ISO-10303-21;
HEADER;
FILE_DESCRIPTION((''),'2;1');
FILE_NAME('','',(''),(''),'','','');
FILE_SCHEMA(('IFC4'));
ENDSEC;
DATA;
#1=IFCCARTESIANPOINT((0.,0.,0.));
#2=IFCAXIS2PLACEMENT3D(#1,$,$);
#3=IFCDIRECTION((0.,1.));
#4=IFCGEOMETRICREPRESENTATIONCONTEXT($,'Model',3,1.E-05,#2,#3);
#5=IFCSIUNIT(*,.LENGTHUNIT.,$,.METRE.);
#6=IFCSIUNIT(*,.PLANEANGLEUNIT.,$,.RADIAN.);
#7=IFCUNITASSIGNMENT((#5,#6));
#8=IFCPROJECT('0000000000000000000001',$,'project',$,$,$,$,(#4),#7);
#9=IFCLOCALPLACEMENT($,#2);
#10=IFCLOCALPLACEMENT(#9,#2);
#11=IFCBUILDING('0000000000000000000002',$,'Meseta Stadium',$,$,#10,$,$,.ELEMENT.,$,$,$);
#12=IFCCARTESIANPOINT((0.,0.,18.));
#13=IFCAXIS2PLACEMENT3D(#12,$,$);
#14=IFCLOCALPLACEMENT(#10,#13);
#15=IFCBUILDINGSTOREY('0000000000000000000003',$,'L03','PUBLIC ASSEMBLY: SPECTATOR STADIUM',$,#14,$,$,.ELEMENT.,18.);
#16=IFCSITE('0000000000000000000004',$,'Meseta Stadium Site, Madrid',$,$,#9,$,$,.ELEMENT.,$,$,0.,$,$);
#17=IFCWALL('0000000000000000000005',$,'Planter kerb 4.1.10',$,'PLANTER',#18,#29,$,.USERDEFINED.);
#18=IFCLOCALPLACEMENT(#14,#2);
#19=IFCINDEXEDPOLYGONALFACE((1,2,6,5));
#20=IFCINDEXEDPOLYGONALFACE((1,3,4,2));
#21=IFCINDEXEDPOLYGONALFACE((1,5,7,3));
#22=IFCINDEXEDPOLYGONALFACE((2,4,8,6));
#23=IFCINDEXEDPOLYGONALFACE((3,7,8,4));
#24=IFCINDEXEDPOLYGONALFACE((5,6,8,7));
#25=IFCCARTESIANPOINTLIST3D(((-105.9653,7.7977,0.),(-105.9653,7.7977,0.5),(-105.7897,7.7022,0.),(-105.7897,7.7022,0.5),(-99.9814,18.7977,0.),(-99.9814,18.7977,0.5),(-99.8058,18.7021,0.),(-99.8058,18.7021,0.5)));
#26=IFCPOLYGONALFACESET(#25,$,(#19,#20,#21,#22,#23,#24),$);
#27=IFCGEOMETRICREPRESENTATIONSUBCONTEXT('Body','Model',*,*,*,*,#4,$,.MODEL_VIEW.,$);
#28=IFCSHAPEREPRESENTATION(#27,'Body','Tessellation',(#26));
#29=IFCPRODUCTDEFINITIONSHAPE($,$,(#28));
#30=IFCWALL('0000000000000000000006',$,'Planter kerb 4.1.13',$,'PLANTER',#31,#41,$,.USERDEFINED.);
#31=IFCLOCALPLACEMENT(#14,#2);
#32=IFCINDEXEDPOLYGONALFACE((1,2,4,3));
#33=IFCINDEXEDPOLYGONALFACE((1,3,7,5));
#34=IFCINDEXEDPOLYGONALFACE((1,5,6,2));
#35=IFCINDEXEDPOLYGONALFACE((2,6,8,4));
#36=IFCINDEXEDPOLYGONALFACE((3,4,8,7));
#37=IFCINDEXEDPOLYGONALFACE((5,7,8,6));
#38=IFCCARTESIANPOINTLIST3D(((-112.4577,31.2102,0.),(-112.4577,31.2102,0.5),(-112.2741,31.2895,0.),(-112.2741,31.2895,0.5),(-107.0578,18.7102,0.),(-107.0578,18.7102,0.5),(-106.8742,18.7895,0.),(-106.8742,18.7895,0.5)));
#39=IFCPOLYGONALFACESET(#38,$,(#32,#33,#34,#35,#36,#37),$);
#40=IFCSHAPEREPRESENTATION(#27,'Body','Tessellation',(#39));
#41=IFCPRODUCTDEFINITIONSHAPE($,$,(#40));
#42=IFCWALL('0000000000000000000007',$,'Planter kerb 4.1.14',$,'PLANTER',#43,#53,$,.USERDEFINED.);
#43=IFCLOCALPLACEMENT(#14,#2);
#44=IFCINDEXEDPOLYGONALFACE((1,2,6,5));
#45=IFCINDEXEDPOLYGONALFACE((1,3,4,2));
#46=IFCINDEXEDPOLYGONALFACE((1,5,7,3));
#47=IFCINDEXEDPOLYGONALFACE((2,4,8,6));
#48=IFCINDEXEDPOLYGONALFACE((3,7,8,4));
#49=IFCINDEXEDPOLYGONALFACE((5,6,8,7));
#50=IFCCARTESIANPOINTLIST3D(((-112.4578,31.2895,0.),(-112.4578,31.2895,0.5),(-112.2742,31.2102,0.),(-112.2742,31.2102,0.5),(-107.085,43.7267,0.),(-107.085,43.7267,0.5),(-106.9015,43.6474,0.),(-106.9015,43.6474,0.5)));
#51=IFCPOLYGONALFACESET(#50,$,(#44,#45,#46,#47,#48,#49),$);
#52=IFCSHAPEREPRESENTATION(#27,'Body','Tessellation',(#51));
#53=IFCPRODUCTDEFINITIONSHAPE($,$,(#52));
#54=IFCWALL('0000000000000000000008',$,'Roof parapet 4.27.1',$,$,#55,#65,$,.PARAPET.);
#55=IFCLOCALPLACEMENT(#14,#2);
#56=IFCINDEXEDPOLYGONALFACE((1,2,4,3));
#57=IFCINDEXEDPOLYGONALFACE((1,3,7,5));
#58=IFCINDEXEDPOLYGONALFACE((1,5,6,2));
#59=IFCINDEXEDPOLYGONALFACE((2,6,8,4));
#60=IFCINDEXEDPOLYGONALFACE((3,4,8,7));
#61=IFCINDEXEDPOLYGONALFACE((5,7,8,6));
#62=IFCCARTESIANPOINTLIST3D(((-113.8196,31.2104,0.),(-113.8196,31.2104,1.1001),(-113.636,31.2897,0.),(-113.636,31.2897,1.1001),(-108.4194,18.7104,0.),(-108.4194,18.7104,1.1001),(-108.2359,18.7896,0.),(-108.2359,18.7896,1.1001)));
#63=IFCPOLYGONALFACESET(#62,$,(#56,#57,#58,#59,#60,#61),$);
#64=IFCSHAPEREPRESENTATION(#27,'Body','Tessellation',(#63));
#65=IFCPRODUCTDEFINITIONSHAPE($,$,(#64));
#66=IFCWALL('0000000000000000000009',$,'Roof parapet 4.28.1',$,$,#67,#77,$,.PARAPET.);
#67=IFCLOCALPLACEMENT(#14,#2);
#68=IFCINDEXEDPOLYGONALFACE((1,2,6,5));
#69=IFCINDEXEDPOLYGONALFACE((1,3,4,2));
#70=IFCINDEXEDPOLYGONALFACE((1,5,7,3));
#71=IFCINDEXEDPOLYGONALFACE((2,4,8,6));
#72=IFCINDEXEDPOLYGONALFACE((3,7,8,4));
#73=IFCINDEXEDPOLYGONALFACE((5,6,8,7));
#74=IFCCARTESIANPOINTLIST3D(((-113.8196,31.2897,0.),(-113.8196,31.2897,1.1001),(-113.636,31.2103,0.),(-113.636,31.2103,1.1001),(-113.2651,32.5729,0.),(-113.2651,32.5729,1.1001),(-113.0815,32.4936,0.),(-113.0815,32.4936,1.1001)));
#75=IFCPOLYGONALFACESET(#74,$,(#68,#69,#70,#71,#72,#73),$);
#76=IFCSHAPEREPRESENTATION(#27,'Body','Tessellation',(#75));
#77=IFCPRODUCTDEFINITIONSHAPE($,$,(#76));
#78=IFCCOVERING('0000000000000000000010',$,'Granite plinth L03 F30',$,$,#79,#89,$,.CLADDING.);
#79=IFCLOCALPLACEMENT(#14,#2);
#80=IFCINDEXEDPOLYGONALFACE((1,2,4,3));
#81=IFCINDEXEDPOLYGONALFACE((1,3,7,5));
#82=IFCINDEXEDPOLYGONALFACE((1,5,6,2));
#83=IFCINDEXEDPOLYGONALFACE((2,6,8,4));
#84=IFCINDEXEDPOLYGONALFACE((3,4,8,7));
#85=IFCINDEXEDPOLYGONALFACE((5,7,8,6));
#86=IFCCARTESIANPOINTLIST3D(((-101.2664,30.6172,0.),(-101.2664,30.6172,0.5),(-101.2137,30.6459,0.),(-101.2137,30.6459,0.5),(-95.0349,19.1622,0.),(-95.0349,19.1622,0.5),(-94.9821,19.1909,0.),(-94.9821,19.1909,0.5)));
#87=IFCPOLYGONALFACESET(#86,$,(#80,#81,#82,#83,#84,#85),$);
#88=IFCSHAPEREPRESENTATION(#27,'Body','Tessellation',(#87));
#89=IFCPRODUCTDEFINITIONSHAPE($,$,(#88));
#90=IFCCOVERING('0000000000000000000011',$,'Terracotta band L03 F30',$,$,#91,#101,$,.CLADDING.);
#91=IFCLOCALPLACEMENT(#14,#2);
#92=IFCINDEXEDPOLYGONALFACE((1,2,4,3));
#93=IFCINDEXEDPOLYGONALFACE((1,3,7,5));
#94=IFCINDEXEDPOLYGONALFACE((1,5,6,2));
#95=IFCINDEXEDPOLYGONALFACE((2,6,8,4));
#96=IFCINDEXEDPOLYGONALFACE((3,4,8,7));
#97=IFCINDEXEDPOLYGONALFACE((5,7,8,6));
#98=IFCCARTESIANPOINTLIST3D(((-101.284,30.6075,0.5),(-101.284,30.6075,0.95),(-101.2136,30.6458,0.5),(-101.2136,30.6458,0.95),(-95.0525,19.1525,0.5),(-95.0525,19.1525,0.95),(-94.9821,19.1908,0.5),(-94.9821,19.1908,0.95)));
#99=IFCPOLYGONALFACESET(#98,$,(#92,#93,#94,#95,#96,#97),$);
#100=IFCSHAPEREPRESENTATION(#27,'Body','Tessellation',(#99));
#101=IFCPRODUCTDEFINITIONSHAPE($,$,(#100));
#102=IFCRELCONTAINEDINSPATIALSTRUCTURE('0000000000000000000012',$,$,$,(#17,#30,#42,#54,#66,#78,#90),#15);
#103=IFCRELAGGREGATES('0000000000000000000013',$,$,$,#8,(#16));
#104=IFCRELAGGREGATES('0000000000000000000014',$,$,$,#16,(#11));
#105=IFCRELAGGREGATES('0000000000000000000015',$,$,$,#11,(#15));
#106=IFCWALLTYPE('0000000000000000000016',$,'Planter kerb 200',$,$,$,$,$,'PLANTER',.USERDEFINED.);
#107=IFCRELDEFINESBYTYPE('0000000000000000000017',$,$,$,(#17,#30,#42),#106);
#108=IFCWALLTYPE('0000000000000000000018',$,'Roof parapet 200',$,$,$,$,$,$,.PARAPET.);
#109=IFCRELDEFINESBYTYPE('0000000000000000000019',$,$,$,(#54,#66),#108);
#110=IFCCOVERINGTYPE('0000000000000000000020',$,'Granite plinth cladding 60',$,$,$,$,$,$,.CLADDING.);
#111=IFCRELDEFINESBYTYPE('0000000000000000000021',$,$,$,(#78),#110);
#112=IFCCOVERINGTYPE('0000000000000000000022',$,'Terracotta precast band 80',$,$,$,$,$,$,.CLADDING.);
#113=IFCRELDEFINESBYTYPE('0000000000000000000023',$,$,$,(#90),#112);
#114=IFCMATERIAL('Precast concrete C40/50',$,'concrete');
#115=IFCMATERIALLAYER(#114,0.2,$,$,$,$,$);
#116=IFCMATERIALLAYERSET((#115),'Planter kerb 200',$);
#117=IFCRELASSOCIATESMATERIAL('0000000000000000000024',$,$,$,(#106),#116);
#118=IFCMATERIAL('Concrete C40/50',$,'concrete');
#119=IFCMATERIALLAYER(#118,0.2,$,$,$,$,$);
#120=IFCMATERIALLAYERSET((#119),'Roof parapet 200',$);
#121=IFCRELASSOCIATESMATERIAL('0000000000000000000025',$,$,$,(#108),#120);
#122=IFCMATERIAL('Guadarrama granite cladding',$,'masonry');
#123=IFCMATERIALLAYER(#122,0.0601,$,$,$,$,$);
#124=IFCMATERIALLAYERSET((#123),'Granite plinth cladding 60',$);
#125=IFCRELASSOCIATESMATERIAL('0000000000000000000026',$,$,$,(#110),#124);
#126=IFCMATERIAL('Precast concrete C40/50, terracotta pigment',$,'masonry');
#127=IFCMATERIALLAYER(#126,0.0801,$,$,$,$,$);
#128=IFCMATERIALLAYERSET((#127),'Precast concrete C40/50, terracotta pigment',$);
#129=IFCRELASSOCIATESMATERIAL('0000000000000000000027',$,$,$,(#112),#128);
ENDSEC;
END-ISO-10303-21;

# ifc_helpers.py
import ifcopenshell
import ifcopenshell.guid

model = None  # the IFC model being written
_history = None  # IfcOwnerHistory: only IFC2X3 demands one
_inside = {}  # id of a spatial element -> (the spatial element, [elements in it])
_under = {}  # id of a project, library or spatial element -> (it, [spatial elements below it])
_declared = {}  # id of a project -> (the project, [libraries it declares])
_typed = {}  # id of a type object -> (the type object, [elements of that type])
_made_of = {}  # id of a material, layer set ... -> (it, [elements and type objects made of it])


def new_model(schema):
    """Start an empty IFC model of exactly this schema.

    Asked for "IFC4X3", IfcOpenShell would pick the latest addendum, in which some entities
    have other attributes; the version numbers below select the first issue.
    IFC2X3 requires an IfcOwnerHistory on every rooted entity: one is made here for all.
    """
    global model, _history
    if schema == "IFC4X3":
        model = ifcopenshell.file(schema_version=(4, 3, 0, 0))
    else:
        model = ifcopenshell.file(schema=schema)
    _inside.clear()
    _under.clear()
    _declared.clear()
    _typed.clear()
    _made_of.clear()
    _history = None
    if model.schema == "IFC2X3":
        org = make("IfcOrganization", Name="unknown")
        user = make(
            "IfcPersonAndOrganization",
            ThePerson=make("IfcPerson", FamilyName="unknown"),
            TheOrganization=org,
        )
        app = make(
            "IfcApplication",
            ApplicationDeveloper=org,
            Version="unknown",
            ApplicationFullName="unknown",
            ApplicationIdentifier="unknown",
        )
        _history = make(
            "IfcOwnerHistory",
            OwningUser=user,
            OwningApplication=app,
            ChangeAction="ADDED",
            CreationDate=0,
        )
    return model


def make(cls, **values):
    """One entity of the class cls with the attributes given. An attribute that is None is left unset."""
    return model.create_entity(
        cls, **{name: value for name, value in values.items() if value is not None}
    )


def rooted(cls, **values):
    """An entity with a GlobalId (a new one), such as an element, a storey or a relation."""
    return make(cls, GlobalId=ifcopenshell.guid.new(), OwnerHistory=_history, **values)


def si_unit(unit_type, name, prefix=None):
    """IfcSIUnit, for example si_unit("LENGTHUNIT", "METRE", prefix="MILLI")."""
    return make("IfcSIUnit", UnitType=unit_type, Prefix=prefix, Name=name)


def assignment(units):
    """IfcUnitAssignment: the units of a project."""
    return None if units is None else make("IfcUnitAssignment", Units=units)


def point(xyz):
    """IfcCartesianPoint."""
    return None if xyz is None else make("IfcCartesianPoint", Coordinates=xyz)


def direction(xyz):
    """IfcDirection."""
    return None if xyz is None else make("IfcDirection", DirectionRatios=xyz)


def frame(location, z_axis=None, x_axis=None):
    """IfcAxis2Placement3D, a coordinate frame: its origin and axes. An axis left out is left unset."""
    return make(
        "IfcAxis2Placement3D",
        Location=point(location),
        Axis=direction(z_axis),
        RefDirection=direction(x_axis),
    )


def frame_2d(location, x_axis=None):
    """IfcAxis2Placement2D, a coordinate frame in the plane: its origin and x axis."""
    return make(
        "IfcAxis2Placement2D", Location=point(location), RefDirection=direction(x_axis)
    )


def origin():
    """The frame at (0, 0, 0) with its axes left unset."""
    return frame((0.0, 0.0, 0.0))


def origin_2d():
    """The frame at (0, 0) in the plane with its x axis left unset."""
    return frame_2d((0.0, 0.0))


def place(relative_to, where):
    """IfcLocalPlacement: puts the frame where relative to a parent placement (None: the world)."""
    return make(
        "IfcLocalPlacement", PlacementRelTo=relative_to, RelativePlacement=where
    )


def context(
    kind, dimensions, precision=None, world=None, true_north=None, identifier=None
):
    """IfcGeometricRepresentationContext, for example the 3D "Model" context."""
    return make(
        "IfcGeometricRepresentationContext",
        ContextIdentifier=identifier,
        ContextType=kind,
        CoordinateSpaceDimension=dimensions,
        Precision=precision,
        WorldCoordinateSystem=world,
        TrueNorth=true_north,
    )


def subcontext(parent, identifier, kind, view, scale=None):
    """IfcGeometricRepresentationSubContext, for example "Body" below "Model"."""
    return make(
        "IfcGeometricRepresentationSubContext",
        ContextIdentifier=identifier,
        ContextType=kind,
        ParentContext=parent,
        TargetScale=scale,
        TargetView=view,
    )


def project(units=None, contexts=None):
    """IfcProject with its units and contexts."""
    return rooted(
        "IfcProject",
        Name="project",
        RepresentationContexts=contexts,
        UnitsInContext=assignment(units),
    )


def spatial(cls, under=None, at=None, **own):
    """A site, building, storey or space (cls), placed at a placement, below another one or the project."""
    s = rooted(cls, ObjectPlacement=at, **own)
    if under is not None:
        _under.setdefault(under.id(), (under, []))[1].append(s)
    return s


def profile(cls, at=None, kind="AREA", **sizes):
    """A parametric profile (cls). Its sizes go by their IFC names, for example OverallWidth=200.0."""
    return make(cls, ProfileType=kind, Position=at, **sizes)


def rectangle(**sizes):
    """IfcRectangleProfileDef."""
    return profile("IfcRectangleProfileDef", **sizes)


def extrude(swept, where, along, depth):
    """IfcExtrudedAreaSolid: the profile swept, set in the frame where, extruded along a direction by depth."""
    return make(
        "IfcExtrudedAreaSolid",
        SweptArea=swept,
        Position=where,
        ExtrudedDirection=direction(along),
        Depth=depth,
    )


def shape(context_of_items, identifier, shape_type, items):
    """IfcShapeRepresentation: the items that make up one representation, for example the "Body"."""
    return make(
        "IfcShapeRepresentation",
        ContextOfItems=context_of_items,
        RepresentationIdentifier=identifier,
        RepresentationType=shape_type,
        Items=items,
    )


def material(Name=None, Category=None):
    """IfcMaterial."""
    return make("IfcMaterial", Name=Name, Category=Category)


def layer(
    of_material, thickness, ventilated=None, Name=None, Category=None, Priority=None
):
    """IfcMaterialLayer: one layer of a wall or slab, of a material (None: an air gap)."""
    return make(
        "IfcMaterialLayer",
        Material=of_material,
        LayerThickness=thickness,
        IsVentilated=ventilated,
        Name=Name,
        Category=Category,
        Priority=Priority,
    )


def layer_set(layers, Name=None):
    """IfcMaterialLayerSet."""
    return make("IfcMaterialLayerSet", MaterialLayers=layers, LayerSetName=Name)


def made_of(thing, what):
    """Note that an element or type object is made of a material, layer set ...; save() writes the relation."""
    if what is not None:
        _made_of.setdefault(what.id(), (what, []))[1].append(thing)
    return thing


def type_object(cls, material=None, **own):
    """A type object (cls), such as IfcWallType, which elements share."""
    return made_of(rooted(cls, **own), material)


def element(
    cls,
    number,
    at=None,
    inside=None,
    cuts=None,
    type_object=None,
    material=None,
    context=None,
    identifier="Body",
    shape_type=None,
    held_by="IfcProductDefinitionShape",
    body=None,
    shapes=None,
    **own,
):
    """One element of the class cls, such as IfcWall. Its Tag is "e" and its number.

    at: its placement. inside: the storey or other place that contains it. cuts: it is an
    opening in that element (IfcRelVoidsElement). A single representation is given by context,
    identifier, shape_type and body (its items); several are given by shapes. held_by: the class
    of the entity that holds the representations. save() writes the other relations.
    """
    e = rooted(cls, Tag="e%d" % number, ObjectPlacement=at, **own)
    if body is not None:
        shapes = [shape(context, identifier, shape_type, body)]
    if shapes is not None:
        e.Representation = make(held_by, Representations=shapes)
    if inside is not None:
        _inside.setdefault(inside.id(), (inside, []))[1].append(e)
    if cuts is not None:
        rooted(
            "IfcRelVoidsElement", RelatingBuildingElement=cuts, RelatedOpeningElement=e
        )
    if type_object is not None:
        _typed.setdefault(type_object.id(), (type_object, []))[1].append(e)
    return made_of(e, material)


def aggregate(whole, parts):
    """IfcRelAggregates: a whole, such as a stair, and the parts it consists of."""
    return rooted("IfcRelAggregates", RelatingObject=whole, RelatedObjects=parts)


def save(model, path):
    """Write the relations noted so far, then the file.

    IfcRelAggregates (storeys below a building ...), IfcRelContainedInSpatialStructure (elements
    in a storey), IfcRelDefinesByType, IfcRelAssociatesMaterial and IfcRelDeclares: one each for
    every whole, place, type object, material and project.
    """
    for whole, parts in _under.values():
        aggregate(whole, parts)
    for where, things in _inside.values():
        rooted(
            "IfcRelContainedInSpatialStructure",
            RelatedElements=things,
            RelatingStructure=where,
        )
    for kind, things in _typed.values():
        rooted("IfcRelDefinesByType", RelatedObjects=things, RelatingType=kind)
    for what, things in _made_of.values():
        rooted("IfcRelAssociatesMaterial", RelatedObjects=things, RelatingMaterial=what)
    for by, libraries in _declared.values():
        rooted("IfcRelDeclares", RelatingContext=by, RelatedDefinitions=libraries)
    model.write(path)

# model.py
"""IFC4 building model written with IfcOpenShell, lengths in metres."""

from ifc_helpers import new_model, si_unit, direction, frame, frame_2d, origin, origin_2d, place, context, subcontext, project, spatial, rectangle, extrude, material, layer, layer_set, type_object, element, save


model = new_model("IFC4")

# Units and contexts
model_context = context("Model", 3, precision=1e-05, world=origin(), true_north=direction((0.0, 1.0)))
body_context = subcontext(model_context, "Body", "Model", "MODEL_VIEW")
ifc_project = project(units=[si_unit("LENGTHUNIT", "METRE"), si_unit("PLANEANGLEUNIT", "RADIAN")], contexts=[model_context])

# Site, building, storey
site_placement = place(None, origin())
site = spatial("IfcSite", under=ifc_project, at=site_placement, Name="Meseta Stadium Site, Madrid", CompositionType="ELEMENT", RefElevation=0.0)
building_placement = place(site_placement, origin())
building = spatial("IfcBuilding", under=site, at=building_placement, Name="Meseta Stadium", CompositionType="ELEMENT")
storey_placement = place(building_placement, frame((0.0, 0.0, 18.0)))
storey = spatial("IfcBuildingStorey", under=building, at=storey_placement, Name="L03", Description="PUBLIC ASSEMBLY: SPECTATOR STADIUM", CompositionType="ELEMENT", Elevation=18.0)

# Walls
ifc_material_1 = material(Name="Precast concrete C40/50", Category="concrete")
ifc_layer_1 = layer(ifc_material_1, 0.2)
ifc_layer_set_1 = layer_set([ifc_layer_1], Name="Planter kerb 200")
wall_type_1 = type_object("IfcWallType", Name="Planter kerb 200", ElementType="PLANTER", PredefinedType="USERDEFINED", material=ifc_layer_set_1)
wall_1_placement = place(storey_placement, frame((-99.8936, 18.75, 0.0), z_axis=(0.0, 0.0, 1.0), x_axis=(-0.47786, -0.878436, 0.0)))
element("IfcWall", 1, at=wall_1_placement, inside=storey, type_object=wall_type_1, Name="Planter kerb 4.1.10", ObjectType="PLANTER", PredefinedType="USERDEFINED", context=body_context, shape_type="SweptSolid", body=[
    extrude(rectangle(XDim=12.5222, YDim=0.2, at=frame_2d((6.2612, 0.0))), origin(), (0.0, 0.0, 1.0), 0.5),
])
wall_2_placement = place(storey_placement, frame((-106.9661, 18.75, 0.0), z_axis=(0.0, 0.0, 1.0), x_axis=(-0.396571, 0.918004, 0.0)))
element("IfcWall", 2, at=wall_2_placement, inside=storey, type_object=wall_type_1, Name="Planter kerb 4.1.13", ObjectType="PLANTER", PredefinedType="USERDEFINED", context=body_context, shape_type="SweptSolid", body=[
    extrude(rectangle(XDim=13.6165, YDim=0.2, at=frame_2d((6.8081, 0.0))), origin(), (0.0, 0.0, 1.0), 0.5),
])
wall_3_placement = place(storey_placement, frame((-112.366, 31.25, 0.0), z_axis=(0.0, 0.0, 1.0), x_axis=(0.396571, 0.918004, 0.0)))
element("IfcWall", 3, at=wall_3_placement, inside=storey, type_object=wall_type_1, Name="Planter kerb 4.1.14", ObjectType="PLANTER", PredefinedType="USERDEFINED", context=body_context, shape_type="SweptSolid", body=[
    extrude(rectangle(XDim=13.5481, YDim=0.2, at=frame_2d((6.7739, 0.0))), origin(), (0.0, 0.0, 1.0), 0.5),
])
ifc_material_2 = material(Name="Concrete C40/50", Category="concrete")
ifc_layer_2 = layer(ifc_material_2, 0.2)
ifc_layer_set_2 = layer_set([ifc_layer_2], Name="Roof parapet 200")
wall_type_2 = type_object("IfcWallType", Name="Roof parapet 200", PredefinedType="PARAPET", material=ifc_layer_set_2)
wall_4_placement = place(storey_placement, frame((-108.3276, 18.75, 0.0), z_axis=(0.0, 0.0, 1.0), x_axis=(-0.396586, 0.917998, 0.0)))
element("IfcWall", 4, at=wall_4_placement, inside=storey, type_object=wall_type_2, Name="Roof parapet 4.27.1", PredefinedType="PARAPET", context=body_context, shape_type="SweptSolid", body=[
    extrude(rectangle(XDim=13.6167, YDim=0.2, at=frame_2d((6.8083, 0.0))), origin(), (0.0, 0.0, 1.0), 1.1001),
])
wall_5_placement = place(storey_placement, frame((-113.7278, 31.25, 0.0), z_axis=(0.0, 0.0, 1.0), x_axis=(0.396637, 0.917976, 0.0)))
element("IfcWall", 5, at=wall_5_placement, inside=storey, type_object=wall_type_2, Name="Roof parapet 4.28.1", PredefinedType="PARAPET", context=body_context, shape_type="SweptSolid", body=[
    extrude(rectangle(XDim=1.3979, YDim=0.2, at=frame_2d((0.699, 0.0))), origin(), (0.0, 0.0, 1.0), 1.1001),
])

# Coverings
ifc_material_3 = material(Name="Guadarrama granite cladding", Category="masonry")
ifc_layer_3 = layer(ifc_material_3, 0.0601)
ifc_layer_set_3 = layer_set([ifc_layer_3], Name="Granite plinth cladding 60")
covering_type_1 = type_object("IfcCoveringType", Name="Granite plinth cladding 60", PredefinedType="CLADDING", material=ifc_layer_set_3)
covering_1_placement = place(storey_placement, frame((-98.1243, 24.9041, 0.0), z_axis=(0.0, 0.0, 1.0), x_axis=(-0.477867, 0.878432, 0.0)))
element("IfcCovering", 6, at=covering_1_placement, inside=storey, type_object=covering_type_1, Name="Granite plinth L03 F30", PredefinedType="CLADDING", context=body_context, shape_type="SweptSolid", body=[
    extrude(rectangle(XDim=13.0403, YDim=0.0601, at=origin_2d()), origin(), (0.0, 0.0, 1.0), 0.5),
])
ifc_material_4 = material(Name="Precast concrete C40/50, terracotta pigment", Category="masonry")
ifc_layer_4 = layer(ifc_material_4, 0.0801)
ifc_layer_set_4 = layer_set([ifc_layer_4], Name="Precast concrete C40/50, terracotta pigment")
covering_type_2 = type_object("IfcCoveringType", Name="Terracotta precast band 80", PredefinedType="CLADDING", material=ifc_layer_set_4)
covering_2_placement = place(storey_placement, frame((-98.1331, 24.8992, 0.5), z_axis=(0.0, 0.0, 1.0), x_axis=(-0.477867, 0.878432, 0.0)))
element("IfcCovering", 7, at=covering_2_placement, inside=storey, type_object=covering_type_2, Name="Terracotta band L03 F30", PredefinedType="CLADDING", context=body_context, shape_type="SweptSolid", body=[
    extrude(rectangle(XDim=13.0403, YDim=0.0801, at=origin_2d()), origin(), (0.0, 0.0, 1.0), 0.45),
])

save(model, "model.ifc")
